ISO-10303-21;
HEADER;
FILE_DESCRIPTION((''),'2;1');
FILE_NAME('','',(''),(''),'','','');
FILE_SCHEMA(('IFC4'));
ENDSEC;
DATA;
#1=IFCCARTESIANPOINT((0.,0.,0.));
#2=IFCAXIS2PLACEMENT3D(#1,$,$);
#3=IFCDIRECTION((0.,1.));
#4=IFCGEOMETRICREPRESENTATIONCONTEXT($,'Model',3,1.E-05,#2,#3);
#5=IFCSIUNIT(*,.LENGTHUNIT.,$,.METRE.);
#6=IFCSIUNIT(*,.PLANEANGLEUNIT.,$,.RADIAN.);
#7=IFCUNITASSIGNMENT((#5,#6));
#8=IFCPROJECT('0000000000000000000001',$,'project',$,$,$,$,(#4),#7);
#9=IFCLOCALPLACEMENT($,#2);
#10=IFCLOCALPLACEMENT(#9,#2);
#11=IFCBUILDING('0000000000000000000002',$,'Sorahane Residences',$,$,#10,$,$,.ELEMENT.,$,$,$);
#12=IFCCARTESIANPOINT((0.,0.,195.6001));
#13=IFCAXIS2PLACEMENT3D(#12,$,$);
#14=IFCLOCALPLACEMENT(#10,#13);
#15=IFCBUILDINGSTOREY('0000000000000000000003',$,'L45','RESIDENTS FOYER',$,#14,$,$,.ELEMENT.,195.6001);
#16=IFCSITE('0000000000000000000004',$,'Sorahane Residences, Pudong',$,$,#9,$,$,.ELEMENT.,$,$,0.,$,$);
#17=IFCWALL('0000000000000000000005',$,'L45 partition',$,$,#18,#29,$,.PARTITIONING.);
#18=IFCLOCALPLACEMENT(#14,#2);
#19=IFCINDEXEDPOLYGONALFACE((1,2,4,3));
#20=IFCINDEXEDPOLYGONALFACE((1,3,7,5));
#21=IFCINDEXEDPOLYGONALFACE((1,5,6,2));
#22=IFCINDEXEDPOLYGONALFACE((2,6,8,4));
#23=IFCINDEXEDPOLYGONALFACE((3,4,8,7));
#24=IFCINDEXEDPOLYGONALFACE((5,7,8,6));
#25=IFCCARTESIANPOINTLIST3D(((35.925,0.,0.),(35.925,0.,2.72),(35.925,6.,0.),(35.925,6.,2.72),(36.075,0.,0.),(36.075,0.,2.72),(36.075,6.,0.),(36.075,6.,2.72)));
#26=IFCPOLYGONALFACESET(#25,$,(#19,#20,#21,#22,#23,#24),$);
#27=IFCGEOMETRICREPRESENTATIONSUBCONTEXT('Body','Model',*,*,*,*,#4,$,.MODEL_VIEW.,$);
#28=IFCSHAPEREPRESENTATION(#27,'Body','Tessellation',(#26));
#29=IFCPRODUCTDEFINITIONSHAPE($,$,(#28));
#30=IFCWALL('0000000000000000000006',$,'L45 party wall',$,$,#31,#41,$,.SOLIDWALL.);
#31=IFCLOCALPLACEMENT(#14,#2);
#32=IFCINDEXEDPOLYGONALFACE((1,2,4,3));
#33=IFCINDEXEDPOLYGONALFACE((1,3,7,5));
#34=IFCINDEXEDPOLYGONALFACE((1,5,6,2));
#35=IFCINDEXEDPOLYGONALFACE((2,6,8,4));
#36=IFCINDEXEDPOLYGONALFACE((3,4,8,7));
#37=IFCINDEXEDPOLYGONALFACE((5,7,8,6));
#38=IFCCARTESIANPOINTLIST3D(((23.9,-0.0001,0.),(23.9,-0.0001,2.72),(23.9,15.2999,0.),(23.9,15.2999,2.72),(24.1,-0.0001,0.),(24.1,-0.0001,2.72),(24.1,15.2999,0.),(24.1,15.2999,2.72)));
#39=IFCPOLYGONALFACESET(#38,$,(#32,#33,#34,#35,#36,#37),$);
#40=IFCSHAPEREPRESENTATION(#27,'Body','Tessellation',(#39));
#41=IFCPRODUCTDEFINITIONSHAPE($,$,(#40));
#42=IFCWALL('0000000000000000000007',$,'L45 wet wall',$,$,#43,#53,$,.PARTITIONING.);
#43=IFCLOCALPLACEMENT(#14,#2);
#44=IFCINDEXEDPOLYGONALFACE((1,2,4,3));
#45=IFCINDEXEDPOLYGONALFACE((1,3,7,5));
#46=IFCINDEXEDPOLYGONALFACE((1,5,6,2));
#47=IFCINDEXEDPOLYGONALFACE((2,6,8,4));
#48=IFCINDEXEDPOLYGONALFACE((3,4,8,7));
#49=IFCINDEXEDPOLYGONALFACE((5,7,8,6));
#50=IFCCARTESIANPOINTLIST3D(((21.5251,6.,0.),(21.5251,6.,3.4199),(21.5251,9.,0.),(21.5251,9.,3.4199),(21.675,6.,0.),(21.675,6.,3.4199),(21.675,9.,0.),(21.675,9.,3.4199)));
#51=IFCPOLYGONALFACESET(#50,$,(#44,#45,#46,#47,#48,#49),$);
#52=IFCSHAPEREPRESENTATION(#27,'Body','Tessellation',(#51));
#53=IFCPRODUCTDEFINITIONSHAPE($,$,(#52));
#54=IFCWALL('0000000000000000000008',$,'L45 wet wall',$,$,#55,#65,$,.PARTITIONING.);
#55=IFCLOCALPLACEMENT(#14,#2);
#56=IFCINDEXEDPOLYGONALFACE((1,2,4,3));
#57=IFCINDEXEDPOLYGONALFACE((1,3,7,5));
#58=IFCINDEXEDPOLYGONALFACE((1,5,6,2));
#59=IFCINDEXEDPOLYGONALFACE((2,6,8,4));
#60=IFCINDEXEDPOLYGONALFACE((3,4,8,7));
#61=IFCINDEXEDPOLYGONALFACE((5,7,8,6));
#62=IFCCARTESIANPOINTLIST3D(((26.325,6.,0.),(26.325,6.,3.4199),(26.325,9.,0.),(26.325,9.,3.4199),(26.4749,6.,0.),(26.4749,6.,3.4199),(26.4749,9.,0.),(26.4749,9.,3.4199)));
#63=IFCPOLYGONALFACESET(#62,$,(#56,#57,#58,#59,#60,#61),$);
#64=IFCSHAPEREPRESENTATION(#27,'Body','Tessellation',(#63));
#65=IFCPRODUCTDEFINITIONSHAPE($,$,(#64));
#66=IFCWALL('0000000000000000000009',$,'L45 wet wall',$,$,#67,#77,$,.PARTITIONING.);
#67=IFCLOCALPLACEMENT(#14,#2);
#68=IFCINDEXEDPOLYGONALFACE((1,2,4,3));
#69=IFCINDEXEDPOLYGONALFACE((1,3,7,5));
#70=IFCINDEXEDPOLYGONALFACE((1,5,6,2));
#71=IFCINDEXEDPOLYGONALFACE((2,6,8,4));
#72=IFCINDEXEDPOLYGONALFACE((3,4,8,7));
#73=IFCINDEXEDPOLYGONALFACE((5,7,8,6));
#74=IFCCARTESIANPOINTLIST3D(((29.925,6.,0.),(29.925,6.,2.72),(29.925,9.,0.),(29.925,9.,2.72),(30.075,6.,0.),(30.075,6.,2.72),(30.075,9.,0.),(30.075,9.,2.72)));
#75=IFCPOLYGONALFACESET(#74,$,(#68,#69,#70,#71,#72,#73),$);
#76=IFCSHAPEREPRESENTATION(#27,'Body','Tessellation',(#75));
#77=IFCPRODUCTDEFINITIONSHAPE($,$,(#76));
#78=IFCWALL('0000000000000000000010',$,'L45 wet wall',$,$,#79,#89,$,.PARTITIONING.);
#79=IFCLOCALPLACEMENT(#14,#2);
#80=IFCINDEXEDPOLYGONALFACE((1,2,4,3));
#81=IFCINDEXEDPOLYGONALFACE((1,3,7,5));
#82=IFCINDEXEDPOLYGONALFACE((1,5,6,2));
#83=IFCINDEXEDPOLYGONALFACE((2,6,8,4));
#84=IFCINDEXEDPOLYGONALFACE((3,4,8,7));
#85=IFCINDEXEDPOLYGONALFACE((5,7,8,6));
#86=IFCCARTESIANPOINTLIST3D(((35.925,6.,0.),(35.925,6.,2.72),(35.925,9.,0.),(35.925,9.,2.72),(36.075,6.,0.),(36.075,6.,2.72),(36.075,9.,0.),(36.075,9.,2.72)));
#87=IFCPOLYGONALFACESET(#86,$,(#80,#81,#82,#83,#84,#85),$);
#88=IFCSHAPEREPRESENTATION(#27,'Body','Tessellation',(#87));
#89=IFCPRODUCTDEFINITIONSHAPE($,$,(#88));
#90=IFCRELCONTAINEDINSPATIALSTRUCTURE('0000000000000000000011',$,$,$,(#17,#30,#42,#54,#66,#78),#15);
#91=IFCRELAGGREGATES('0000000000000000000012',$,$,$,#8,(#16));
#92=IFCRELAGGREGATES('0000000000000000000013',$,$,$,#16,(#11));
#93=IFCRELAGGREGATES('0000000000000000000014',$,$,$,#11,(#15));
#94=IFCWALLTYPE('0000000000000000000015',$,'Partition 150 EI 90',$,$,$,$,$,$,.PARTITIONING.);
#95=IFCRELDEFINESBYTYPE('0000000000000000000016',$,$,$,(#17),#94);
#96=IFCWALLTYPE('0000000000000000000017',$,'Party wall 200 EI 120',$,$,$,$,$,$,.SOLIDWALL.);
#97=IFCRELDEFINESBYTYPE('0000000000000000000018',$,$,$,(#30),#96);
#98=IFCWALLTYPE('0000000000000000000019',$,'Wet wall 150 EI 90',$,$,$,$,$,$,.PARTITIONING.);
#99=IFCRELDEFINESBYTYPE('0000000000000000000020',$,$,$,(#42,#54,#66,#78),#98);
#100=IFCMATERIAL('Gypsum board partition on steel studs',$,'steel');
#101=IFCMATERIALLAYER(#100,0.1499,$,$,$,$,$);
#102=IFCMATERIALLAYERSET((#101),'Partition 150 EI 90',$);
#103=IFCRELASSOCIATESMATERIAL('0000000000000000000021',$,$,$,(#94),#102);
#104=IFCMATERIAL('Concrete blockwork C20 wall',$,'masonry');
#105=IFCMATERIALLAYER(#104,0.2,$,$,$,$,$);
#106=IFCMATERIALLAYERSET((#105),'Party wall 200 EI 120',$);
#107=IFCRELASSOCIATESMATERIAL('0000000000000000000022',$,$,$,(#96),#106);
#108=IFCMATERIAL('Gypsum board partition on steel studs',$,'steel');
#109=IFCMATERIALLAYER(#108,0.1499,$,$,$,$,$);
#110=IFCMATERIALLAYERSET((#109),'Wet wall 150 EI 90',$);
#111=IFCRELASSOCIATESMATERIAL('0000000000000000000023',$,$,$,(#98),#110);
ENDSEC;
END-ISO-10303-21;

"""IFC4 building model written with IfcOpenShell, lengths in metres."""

from ifc_helpers import new_model, si_unit, direction, frame, frame_2d, origin, place, context, subcontext, project, spatial, rectangle, extrude, material, layer, layer_set, type_object, element, save


model = new_model("IFC4")

# Units and contexts
model_context = context("Model", 3, precision=1e-05, world=origin(), true_north=direction((0.0, 1.0)))
body_context = subcontext(model_context, "Body", "Model", "MODEL_VIEW")
ifc_project = project(units=[si_unit("LENGTHUNIT", "METRE"), si_unit("PLANEANGLEUNIT", "RADIAN")], contexts=[model_context])

# Site, building, storey
site_placement = place(None, origin())
site = spatial("IfcSite", under=ifc_project, at=site_placement, Name="Sorahane Residences, Pudong", CompositionType="ELEMENT", RefElevation=0.0)
building_placement = place(site_placement, origin())
building = spatial("IfcBuilding", under=site, at=building_placement, Name="Sorahane Residences", CompositionType="ELEMENT")
storey_placement = place(building_placement, frame((0.0, 0.0, 195.6001)))
storey = spatial("IfcBuildingStorey", under=building, at=storey_placement, Name="L45", Description="RESIDENTS FOYER", CompositionType="ELEMENT", Elevation=195.6001)

# Wall
ifc_material_1 = material(Name="Gypsum board partition on steel studs", Category="steel")
ifc_layer_1 = layer(ifc_material_1, 0.1499)
ifc_layer_set_1 = layer_set([ifc_layer_1], Name="Partition 150 EI 90")
wall_type_1 = type_object("IfcWallType", Name="Partition 150 EI 90", PredefinedType="PARTITIONING", material=ifc_layer_set_1)
wall_1_placement = place(storey_placement, frame((36.0, 0.0, 0.0), z_axis=(0.0, 0.0, 1.0), x_axis=(0.0, 1.0, 0.0)))
element("IfcWall", 1, at=wall_1_placement, inside=storey, type_object=wall_type_1, Name="L45 partition", PredefinedType="PARTITIONING", context=body_context, shape_type="SweptSolid", body=[
    extrude(rectangle(XDim=6.0, YDim=0.1499, at=frame_2d((3.0, 0.0))), origin(), (0.0, 0.0, 1.0), 2.72),
])

# Walls
ifc_material_2 = material(Name="Concrete blockwork C20 wall", Category="masonry")
ifc_layer_2 = layer(ifc_material_2, 0.2)
ifc_layer_set_2 = layer_set([ifc_layer_2], Name="Party wall 200 EI 120")
wall_type_2 = type_object("IfcWallType", Name="Party wall 200 EI 120", PredefinedType="SOLIDWALL", material=ifc_layer_set_2)
wall_2_placement = place(storey_placement, frame((24.0, 0.0, 0.0), z_axis=(0.0, 0.0, 1.0), x_axis=(0.0, 1.0, 0.0)))
element("IfcWall", 2, at=wall_2_placement, inside=storey, type_object=wall_type_2, Name="L45 party wall", PredefinedType="SOLIDWALL", context=body_context, shape_type="SweptSolid", body=[
    extrude(rectangle(XDim=15.3, YDim=0.2, at=frame_2d((7.6499, 0.0))), origin(), (0.0, 0.0, 1.0), 2.72),
])
ifc_material_3 = material(Name="Gypsum board partition on steel studs", Category="steel")
ifc_layer_3 = layer(ifc_material_3, 0.1499)
ifc_layer_set_3 = layer_set([ifc_layer_3], Name="Wet wall 150 EI 90")
wall_type_3 = type_object("IfcWallType", Name="Wet wall 150 EI 90", PredefinedType="PARTITIONING", material=ifc_layer_set_3)
for number, where, z_axis, x_axis, name in (
    (3, (21.6001, 6.0, 0.0), (0.0, 0.0, 1.0), (0.0, 1.0, 0.0), "L45 wet wall"),
    (4, (26.3999, 6.0, 0.0), (0.0, 0.0, 1.0), (0.0, 1.0, 0.0), "L45 wet wall"),
):
    element("IfcWall", number, at=place(storey_placement, frame(where, z_axis=z_axis, x_axis=x_axis)), inside=storey, type_object=wall_type_3, Name=name, PredefinedType="PARTITIONING", context=body_context, shape_type="SweptSolid", body=[
        extrude(rectangle(XDim=3.0, YDim=0.1499, at=frame_2d((1.5, 0.0))), origin(), (0.0, 0.0, 1.0), 3.4199),
    ])
for number, where, z_axis, x_axis, name in (
    (5, (30.0, 6.0, 0.0), (0.0, 0.0, 1.0), (0.0, 1.0, 0.0), "L45 wet wall"),
    (6, (36.0, 6.0, 0.0), (0.0, 0.0, 1.0), (0.0, 1.0, 0.0), "L45 wet wall"),
):
    element("IfcWall", number, at=place(storey_placement, frame(where, z_axis=z_axis, x_axis=x_axis)), inside=storey, type_object=wall_type_3, Name=name, PredefinedType="PARTITIONING", context=body_context, shape_type="SweptSolid", body=[
        extrude(rectangle(XDim=3.0, YDim=0.1499, at=frame_2d((1.5, 0.0))), origin(), (0.0, 0.0, 1.0), 2.72),
    ])

save(model, "model.ifc")
